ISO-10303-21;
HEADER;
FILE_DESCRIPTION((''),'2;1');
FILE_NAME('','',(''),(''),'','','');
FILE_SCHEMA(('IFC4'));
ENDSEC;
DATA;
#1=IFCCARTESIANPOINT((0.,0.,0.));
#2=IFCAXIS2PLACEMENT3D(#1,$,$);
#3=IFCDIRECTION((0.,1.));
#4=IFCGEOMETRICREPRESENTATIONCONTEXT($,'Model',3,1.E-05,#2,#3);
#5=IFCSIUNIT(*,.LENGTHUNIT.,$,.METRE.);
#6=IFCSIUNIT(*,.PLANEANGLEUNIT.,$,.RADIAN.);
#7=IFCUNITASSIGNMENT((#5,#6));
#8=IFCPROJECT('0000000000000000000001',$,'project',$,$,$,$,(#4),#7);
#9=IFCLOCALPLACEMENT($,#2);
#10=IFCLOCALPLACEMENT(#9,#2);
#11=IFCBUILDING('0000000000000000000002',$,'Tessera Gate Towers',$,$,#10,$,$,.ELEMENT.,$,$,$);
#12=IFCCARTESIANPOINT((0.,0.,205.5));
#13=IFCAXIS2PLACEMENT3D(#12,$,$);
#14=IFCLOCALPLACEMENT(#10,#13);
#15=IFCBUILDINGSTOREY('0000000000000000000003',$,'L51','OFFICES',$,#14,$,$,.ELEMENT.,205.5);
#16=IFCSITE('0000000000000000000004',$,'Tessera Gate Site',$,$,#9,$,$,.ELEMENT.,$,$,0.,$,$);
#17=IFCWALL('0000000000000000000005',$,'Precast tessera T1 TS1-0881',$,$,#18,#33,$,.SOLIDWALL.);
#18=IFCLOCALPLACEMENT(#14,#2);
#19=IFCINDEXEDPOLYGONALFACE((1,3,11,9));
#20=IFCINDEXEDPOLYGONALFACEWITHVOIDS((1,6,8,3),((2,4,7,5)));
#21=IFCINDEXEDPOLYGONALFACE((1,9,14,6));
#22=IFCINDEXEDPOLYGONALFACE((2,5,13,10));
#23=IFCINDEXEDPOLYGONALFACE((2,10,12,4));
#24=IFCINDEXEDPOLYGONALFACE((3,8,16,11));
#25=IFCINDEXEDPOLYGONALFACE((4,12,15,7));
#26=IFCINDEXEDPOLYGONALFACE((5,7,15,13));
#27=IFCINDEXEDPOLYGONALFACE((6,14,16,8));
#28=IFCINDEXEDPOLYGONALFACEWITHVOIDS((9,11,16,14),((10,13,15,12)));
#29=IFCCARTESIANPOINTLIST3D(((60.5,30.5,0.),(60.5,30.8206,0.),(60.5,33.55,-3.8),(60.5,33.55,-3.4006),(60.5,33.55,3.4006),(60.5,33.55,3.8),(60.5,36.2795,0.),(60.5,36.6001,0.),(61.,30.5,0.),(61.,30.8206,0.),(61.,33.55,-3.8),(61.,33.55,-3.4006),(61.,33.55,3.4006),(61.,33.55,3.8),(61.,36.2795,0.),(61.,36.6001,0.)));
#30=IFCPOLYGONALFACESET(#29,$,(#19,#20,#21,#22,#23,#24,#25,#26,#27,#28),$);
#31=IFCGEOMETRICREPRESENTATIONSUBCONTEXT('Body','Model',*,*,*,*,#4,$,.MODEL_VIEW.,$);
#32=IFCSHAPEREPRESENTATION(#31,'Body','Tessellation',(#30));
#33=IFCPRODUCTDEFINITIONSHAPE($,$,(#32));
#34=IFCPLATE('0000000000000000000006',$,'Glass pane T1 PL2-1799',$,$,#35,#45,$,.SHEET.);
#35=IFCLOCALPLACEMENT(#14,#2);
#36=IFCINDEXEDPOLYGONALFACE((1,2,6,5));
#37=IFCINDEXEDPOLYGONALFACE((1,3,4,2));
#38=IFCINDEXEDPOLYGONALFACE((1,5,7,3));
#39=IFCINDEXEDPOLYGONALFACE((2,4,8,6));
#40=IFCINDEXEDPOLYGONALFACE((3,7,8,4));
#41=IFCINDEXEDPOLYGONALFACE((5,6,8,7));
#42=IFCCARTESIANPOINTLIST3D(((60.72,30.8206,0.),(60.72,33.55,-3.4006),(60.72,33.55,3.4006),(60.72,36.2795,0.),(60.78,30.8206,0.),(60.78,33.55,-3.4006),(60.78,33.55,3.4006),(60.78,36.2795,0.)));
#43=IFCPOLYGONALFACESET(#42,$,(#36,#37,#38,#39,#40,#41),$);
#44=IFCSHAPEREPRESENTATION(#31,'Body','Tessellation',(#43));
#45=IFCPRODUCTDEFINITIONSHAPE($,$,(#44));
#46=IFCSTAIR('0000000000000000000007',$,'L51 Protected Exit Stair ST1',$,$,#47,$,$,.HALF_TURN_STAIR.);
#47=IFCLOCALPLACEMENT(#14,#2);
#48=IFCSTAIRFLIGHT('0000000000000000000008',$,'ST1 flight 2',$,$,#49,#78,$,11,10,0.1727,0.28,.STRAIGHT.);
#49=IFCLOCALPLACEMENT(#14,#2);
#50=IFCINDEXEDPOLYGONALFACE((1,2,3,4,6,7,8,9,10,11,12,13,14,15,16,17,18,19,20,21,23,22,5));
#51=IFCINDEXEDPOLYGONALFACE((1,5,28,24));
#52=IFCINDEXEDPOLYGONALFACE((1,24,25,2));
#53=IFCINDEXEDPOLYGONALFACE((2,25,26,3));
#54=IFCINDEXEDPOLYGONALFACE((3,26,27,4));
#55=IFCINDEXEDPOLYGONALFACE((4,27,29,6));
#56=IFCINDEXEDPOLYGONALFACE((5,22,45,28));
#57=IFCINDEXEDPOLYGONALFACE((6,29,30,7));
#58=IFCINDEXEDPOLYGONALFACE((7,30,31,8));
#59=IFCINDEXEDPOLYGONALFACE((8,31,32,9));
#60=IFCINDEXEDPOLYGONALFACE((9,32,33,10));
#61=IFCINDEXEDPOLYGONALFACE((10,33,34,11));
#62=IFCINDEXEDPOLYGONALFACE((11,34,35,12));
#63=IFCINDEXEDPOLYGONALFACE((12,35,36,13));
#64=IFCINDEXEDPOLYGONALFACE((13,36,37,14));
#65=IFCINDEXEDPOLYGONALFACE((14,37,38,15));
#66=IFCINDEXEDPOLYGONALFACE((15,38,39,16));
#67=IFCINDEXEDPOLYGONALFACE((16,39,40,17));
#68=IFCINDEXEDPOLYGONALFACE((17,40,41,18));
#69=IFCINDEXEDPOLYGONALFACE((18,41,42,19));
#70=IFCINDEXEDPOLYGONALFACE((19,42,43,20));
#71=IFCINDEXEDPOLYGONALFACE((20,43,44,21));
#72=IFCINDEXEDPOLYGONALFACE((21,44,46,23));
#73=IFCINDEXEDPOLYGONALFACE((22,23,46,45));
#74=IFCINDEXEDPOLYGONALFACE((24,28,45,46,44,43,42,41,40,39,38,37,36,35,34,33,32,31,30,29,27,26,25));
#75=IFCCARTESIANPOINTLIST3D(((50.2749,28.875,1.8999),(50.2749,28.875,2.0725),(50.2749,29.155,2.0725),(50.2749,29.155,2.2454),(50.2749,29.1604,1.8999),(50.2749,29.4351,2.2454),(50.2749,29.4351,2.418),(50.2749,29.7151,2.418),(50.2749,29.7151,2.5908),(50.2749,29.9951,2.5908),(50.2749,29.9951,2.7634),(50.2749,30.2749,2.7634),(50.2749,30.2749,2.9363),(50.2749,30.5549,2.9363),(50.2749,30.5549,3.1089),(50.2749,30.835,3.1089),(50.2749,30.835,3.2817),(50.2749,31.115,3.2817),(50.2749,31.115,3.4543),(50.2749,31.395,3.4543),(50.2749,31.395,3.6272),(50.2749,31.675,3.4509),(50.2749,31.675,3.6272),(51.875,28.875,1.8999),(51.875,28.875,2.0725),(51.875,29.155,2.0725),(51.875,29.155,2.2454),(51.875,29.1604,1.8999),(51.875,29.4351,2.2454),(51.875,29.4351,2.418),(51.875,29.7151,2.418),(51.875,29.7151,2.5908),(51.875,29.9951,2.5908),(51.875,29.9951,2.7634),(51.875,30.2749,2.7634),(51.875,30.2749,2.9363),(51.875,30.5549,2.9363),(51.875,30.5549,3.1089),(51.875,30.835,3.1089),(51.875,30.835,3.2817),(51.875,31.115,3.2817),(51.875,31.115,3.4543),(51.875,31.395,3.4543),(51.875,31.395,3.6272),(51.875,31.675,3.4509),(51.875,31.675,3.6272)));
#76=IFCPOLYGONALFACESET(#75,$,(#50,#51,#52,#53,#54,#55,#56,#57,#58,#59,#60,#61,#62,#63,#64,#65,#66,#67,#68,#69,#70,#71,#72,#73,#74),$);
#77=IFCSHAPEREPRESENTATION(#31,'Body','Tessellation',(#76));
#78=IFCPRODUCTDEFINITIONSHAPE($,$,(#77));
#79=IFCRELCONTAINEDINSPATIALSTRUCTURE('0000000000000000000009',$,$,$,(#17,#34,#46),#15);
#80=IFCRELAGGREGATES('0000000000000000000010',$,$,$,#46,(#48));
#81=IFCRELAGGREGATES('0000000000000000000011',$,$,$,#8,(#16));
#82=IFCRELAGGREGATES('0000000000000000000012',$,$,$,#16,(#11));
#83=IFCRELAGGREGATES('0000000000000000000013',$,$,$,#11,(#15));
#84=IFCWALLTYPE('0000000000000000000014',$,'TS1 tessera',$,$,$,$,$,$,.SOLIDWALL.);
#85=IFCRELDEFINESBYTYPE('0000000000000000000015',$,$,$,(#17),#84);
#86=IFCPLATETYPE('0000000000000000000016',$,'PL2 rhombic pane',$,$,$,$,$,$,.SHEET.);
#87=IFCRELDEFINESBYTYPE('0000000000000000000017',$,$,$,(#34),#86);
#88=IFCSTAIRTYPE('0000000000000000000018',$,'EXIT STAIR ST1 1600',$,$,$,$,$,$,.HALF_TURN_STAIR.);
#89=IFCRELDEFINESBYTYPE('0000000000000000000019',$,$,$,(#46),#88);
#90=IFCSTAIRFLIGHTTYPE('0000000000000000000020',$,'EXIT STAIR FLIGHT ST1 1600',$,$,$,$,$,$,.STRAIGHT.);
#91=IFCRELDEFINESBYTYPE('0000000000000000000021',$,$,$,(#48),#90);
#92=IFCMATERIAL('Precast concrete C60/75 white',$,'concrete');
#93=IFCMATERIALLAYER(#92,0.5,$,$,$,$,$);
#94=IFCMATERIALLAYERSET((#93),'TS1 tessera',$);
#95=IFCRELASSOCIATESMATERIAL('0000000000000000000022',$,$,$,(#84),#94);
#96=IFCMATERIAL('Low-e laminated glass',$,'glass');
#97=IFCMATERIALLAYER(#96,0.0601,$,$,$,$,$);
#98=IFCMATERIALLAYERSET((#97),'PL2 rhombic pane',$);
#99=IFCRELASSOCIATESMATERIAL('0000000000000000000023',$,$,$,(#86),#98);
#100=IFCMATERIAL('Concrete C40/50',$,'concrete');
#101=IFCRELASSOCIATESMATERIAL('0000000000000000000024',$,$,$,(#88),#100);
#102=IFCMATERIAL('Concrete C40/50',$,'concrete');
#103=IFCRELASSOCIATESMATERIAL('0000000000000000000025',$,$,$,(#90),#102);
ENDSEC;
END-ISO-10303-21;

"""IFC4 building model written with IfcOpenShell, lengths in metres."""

from ifc_helpers import new_model, si_unit, direction, frame, origin, place, context, subcontext, project, spatial, polyline, outline, extrude, source, transform, mapped, material, layer, layer_set, type_object, element, fill, aggregate, save


model = new_model("IFC4")

# Units and contexts
model_context = context("Model", 3, precision=1e-05, world=origin(), true_north=direction((0.0, 1.0)))
body_context = subcontext(model_context, "Body", "Model", "MODEL_VIEW")
ifc_project = project(units=[si_unit("LENGTHUNIT", "METRE"), si_unit("PLANEANGLEUNIT", "RADIAN")], contexts=[model_context])

# Site, building, storey
site_placement = place(None, origin())
site = spatial("IfcSite", under=ifc_project, at=site_placement, Name="Tessera Gate Site", CompositionType="ELEMENT", RefElevation=0.0)
building_placement = place(site_placement, origin())
building = spatial("IfcBuilding", under=site, at=building_placement, Name="Tessera Gate Towers", CompositionType="ELEMENT")
storey_placement = place(building_placement, frame((0.0, 0.0, 205.5)))
storey = spatial("IfcBuildingStorey", under=building, at=storey_placement, Name="L51", Description="OFFICES", CompositionType="ELEMENT", Elevation=205.5)

# Wall, opening, plate
ifc_material_1 = material(Name="Precast concrete C60/75 white", Category="concrete")
ifc_layer_1 = layer(ifc_material_1, 0.5)
ifc_layer_set_1 = layer_set([ifc_layer_1], Name="TS1 tessera")
wall_type_1 = type_object("IfcWallType", Name="TS1 tessera", PredefinedType="SOLIDWALL", material=ifc_layer_set_1)
shared_shape_1 = source(origin(), body_context, "Body", "SweptSolid", [
    extrude(outline(polyline([(3.05, 0.0), (6.1001, 3.8), (3.05, 7.6001), (0.0, 3.8), (3.05, 0.0)])), frame((0.0, 0.25, 0.0), z_axis=(0.0, -1.0, 0.0), x_axis=(1.0, 0.0, 0.0)), (0.0, 0.0, 1.0), 0.5),
])
shared_shape_2 = source(origin(), body_context, "Body", "SweptSolid", [
    extrude(outline(polyline([(3.05, 0.3994), (5.7795, 3.8), (3.05, 7.2007), (0.3206, 3.8), (3.05, 0.3994)])), frame((0.0, 0.26, 0.0), z_axis=(0.0, -1.0, 0.0), x_axis=(1.0, 0.0, 0.0)), (0.0, 0.0, 1.0), 0.52),
])
ifc_material_2 = material(Name="Low-e laminated glass", Category="glass")
ifc_layer_2 = layer(ifc_material_2, 0.0601)
ifc_layer_set_2 = layer_set([ifc_layer_2], Name="PL2 rhombic pane")
plate_type = type_object("IfcPlateType", Name="PL2 rhombic pane", PredefinedType="SHEET", material=ifc_layer_set_2)
shared_shape_3 = source(origin(), body_context, "Body", "SweptSolid", [
    extrude(outline(polyline([(3.05, 0.3994), (5.7795, 3.8), (3.05, 7.2007), (0.3206, 3.8), (3.05, 0.3994)])), frame((0.0, 0.03, 0.0), z_axis=(0.0, -1.0, 0.0), x_axis=(1.0, 0.0, 0.0)), (0.0, 0.0, 1.0), 0.0601),
])
wall_1_placement = place(storey_placement, frame((60.75, 30.5, -3.8), z_axis=(0.0, 0.0, 1.0), x_axis=(0.0, 1.0, 0.0)))
wall_1 = element("IfcWall", 1, at=wall_1_placement, inside=storey, type_object=wall_type_1, Name="Precast tessera T1 TS1-0881", PredefinedType="SOLIDWALL", context=body_context, shape_type="MappedRepresentation", body=[
    mapped(shared_shape_1, transform((0.0, 0.0, 0.0), scale=1.0)),
])
opening_1_placement = place(wall_1_placement, origin())
opening_1 = element("IfcOpeningElement", 2, at=opening_1_placement, cuts=wall_1, PredefinedType="OPENING", context=body_context, shape_type="MappedRepresentation", body=[
    mapped(shared_shape_2, transform((0.0, 0.0, 0.0), scale=1.0)),
])
plate_1_placement = place(opening_1_placement, origin())
plate_1 = element("IfcPlate", 3, at=plate_1_placement, inside=storey, type_object=plate_type, Name="Glass pane T1 PL2-1799", PredefinedType="SHEET", context=body_context, shape_type="MappedRepresentation", body=[
    mapped(shared_shape_3, transform((0.0, 0.0, 0.0), scale=1.0)),
])
fill(opening_1, plate_1)

# Stair, stair flight
ifc_material_3 = material(Name="Concrete C40/50", Category="concrete")
stair_type = type_object("IfcStairType", Name="EXIT STAIR ST1 1600", PredefinedType="HALF_TURN_STAIR", material=ifc_material_3)
stair_placement = place(storey_placement, origin())
stair = element("IfcStair", 4, at=stair_placement, inside=storey, type_object=stair_type, Name="L51 Protected Exit Stair ST1", PredefinedType="HALF_TURN_STAIR")
ifc_material_4 = material(Name="Concrete C40/50", Category="concrete")
stair_flight_type = type_object("IfcStairFlightType", Name="EXIT STAIR FLIGHT ST1 1600", PredefinedType="STRAIGHT", material=ifc_material_4)
stair_flight_placement = place(storey_placement, frame((51.075, 28.875, 1.8999), z_axis=(0.0, 0.0, 1.0), x_axis=(0.0, 1.0, 0.0)))
stair_flight = element("IfcStairFlight", 5, at=stair_flight_placement, type_object=stair_flight_type, Name="ST1 flight 2", NumberOfRisers=11, NumberOfTreads=10, PredefinedType="STRAIGHT", RiserHeight=0.1727, TreadLength=0.28, context=body_context, shape_type="SweptSolid", body=[
    extrude(outline(polyline([(0.0, 0.0), (0.0, 0.1726), (0.28, 0.1726), (0.28, 0.3455), (0.5601, 0.3455), (0.5601, 0.5181), (0.8401, 0.5181), (0.8401, 0.6909), (1.1201, 0.6909), (1.1201, 0.8635), (1.3999, 0.8635), (1.3999, 1.0364), (1.6799, 1.0364), (1.6799, 1.209), (1.96, 1.209), (1.96, 1.3818), (2.24, 1.3818), (2.24, 1.5544), (2.52, 1.5544), (2.52, 1.7273), (2.8, 1.7273), (2.8, 1.8999), (2.8, 1.551), (0.2854, 0.0), (0.0, 0.0)])), frame((0.0, 0.8, 0.0), z_axis=(0.0, -1.0, 0.0), x_axis=(1.0, 0.0, 0.0)), (0.0, 0.0, 1.0), 1.6001),
])
aggregate(stair, [stair_flight])

save(model, "model.ifc")
